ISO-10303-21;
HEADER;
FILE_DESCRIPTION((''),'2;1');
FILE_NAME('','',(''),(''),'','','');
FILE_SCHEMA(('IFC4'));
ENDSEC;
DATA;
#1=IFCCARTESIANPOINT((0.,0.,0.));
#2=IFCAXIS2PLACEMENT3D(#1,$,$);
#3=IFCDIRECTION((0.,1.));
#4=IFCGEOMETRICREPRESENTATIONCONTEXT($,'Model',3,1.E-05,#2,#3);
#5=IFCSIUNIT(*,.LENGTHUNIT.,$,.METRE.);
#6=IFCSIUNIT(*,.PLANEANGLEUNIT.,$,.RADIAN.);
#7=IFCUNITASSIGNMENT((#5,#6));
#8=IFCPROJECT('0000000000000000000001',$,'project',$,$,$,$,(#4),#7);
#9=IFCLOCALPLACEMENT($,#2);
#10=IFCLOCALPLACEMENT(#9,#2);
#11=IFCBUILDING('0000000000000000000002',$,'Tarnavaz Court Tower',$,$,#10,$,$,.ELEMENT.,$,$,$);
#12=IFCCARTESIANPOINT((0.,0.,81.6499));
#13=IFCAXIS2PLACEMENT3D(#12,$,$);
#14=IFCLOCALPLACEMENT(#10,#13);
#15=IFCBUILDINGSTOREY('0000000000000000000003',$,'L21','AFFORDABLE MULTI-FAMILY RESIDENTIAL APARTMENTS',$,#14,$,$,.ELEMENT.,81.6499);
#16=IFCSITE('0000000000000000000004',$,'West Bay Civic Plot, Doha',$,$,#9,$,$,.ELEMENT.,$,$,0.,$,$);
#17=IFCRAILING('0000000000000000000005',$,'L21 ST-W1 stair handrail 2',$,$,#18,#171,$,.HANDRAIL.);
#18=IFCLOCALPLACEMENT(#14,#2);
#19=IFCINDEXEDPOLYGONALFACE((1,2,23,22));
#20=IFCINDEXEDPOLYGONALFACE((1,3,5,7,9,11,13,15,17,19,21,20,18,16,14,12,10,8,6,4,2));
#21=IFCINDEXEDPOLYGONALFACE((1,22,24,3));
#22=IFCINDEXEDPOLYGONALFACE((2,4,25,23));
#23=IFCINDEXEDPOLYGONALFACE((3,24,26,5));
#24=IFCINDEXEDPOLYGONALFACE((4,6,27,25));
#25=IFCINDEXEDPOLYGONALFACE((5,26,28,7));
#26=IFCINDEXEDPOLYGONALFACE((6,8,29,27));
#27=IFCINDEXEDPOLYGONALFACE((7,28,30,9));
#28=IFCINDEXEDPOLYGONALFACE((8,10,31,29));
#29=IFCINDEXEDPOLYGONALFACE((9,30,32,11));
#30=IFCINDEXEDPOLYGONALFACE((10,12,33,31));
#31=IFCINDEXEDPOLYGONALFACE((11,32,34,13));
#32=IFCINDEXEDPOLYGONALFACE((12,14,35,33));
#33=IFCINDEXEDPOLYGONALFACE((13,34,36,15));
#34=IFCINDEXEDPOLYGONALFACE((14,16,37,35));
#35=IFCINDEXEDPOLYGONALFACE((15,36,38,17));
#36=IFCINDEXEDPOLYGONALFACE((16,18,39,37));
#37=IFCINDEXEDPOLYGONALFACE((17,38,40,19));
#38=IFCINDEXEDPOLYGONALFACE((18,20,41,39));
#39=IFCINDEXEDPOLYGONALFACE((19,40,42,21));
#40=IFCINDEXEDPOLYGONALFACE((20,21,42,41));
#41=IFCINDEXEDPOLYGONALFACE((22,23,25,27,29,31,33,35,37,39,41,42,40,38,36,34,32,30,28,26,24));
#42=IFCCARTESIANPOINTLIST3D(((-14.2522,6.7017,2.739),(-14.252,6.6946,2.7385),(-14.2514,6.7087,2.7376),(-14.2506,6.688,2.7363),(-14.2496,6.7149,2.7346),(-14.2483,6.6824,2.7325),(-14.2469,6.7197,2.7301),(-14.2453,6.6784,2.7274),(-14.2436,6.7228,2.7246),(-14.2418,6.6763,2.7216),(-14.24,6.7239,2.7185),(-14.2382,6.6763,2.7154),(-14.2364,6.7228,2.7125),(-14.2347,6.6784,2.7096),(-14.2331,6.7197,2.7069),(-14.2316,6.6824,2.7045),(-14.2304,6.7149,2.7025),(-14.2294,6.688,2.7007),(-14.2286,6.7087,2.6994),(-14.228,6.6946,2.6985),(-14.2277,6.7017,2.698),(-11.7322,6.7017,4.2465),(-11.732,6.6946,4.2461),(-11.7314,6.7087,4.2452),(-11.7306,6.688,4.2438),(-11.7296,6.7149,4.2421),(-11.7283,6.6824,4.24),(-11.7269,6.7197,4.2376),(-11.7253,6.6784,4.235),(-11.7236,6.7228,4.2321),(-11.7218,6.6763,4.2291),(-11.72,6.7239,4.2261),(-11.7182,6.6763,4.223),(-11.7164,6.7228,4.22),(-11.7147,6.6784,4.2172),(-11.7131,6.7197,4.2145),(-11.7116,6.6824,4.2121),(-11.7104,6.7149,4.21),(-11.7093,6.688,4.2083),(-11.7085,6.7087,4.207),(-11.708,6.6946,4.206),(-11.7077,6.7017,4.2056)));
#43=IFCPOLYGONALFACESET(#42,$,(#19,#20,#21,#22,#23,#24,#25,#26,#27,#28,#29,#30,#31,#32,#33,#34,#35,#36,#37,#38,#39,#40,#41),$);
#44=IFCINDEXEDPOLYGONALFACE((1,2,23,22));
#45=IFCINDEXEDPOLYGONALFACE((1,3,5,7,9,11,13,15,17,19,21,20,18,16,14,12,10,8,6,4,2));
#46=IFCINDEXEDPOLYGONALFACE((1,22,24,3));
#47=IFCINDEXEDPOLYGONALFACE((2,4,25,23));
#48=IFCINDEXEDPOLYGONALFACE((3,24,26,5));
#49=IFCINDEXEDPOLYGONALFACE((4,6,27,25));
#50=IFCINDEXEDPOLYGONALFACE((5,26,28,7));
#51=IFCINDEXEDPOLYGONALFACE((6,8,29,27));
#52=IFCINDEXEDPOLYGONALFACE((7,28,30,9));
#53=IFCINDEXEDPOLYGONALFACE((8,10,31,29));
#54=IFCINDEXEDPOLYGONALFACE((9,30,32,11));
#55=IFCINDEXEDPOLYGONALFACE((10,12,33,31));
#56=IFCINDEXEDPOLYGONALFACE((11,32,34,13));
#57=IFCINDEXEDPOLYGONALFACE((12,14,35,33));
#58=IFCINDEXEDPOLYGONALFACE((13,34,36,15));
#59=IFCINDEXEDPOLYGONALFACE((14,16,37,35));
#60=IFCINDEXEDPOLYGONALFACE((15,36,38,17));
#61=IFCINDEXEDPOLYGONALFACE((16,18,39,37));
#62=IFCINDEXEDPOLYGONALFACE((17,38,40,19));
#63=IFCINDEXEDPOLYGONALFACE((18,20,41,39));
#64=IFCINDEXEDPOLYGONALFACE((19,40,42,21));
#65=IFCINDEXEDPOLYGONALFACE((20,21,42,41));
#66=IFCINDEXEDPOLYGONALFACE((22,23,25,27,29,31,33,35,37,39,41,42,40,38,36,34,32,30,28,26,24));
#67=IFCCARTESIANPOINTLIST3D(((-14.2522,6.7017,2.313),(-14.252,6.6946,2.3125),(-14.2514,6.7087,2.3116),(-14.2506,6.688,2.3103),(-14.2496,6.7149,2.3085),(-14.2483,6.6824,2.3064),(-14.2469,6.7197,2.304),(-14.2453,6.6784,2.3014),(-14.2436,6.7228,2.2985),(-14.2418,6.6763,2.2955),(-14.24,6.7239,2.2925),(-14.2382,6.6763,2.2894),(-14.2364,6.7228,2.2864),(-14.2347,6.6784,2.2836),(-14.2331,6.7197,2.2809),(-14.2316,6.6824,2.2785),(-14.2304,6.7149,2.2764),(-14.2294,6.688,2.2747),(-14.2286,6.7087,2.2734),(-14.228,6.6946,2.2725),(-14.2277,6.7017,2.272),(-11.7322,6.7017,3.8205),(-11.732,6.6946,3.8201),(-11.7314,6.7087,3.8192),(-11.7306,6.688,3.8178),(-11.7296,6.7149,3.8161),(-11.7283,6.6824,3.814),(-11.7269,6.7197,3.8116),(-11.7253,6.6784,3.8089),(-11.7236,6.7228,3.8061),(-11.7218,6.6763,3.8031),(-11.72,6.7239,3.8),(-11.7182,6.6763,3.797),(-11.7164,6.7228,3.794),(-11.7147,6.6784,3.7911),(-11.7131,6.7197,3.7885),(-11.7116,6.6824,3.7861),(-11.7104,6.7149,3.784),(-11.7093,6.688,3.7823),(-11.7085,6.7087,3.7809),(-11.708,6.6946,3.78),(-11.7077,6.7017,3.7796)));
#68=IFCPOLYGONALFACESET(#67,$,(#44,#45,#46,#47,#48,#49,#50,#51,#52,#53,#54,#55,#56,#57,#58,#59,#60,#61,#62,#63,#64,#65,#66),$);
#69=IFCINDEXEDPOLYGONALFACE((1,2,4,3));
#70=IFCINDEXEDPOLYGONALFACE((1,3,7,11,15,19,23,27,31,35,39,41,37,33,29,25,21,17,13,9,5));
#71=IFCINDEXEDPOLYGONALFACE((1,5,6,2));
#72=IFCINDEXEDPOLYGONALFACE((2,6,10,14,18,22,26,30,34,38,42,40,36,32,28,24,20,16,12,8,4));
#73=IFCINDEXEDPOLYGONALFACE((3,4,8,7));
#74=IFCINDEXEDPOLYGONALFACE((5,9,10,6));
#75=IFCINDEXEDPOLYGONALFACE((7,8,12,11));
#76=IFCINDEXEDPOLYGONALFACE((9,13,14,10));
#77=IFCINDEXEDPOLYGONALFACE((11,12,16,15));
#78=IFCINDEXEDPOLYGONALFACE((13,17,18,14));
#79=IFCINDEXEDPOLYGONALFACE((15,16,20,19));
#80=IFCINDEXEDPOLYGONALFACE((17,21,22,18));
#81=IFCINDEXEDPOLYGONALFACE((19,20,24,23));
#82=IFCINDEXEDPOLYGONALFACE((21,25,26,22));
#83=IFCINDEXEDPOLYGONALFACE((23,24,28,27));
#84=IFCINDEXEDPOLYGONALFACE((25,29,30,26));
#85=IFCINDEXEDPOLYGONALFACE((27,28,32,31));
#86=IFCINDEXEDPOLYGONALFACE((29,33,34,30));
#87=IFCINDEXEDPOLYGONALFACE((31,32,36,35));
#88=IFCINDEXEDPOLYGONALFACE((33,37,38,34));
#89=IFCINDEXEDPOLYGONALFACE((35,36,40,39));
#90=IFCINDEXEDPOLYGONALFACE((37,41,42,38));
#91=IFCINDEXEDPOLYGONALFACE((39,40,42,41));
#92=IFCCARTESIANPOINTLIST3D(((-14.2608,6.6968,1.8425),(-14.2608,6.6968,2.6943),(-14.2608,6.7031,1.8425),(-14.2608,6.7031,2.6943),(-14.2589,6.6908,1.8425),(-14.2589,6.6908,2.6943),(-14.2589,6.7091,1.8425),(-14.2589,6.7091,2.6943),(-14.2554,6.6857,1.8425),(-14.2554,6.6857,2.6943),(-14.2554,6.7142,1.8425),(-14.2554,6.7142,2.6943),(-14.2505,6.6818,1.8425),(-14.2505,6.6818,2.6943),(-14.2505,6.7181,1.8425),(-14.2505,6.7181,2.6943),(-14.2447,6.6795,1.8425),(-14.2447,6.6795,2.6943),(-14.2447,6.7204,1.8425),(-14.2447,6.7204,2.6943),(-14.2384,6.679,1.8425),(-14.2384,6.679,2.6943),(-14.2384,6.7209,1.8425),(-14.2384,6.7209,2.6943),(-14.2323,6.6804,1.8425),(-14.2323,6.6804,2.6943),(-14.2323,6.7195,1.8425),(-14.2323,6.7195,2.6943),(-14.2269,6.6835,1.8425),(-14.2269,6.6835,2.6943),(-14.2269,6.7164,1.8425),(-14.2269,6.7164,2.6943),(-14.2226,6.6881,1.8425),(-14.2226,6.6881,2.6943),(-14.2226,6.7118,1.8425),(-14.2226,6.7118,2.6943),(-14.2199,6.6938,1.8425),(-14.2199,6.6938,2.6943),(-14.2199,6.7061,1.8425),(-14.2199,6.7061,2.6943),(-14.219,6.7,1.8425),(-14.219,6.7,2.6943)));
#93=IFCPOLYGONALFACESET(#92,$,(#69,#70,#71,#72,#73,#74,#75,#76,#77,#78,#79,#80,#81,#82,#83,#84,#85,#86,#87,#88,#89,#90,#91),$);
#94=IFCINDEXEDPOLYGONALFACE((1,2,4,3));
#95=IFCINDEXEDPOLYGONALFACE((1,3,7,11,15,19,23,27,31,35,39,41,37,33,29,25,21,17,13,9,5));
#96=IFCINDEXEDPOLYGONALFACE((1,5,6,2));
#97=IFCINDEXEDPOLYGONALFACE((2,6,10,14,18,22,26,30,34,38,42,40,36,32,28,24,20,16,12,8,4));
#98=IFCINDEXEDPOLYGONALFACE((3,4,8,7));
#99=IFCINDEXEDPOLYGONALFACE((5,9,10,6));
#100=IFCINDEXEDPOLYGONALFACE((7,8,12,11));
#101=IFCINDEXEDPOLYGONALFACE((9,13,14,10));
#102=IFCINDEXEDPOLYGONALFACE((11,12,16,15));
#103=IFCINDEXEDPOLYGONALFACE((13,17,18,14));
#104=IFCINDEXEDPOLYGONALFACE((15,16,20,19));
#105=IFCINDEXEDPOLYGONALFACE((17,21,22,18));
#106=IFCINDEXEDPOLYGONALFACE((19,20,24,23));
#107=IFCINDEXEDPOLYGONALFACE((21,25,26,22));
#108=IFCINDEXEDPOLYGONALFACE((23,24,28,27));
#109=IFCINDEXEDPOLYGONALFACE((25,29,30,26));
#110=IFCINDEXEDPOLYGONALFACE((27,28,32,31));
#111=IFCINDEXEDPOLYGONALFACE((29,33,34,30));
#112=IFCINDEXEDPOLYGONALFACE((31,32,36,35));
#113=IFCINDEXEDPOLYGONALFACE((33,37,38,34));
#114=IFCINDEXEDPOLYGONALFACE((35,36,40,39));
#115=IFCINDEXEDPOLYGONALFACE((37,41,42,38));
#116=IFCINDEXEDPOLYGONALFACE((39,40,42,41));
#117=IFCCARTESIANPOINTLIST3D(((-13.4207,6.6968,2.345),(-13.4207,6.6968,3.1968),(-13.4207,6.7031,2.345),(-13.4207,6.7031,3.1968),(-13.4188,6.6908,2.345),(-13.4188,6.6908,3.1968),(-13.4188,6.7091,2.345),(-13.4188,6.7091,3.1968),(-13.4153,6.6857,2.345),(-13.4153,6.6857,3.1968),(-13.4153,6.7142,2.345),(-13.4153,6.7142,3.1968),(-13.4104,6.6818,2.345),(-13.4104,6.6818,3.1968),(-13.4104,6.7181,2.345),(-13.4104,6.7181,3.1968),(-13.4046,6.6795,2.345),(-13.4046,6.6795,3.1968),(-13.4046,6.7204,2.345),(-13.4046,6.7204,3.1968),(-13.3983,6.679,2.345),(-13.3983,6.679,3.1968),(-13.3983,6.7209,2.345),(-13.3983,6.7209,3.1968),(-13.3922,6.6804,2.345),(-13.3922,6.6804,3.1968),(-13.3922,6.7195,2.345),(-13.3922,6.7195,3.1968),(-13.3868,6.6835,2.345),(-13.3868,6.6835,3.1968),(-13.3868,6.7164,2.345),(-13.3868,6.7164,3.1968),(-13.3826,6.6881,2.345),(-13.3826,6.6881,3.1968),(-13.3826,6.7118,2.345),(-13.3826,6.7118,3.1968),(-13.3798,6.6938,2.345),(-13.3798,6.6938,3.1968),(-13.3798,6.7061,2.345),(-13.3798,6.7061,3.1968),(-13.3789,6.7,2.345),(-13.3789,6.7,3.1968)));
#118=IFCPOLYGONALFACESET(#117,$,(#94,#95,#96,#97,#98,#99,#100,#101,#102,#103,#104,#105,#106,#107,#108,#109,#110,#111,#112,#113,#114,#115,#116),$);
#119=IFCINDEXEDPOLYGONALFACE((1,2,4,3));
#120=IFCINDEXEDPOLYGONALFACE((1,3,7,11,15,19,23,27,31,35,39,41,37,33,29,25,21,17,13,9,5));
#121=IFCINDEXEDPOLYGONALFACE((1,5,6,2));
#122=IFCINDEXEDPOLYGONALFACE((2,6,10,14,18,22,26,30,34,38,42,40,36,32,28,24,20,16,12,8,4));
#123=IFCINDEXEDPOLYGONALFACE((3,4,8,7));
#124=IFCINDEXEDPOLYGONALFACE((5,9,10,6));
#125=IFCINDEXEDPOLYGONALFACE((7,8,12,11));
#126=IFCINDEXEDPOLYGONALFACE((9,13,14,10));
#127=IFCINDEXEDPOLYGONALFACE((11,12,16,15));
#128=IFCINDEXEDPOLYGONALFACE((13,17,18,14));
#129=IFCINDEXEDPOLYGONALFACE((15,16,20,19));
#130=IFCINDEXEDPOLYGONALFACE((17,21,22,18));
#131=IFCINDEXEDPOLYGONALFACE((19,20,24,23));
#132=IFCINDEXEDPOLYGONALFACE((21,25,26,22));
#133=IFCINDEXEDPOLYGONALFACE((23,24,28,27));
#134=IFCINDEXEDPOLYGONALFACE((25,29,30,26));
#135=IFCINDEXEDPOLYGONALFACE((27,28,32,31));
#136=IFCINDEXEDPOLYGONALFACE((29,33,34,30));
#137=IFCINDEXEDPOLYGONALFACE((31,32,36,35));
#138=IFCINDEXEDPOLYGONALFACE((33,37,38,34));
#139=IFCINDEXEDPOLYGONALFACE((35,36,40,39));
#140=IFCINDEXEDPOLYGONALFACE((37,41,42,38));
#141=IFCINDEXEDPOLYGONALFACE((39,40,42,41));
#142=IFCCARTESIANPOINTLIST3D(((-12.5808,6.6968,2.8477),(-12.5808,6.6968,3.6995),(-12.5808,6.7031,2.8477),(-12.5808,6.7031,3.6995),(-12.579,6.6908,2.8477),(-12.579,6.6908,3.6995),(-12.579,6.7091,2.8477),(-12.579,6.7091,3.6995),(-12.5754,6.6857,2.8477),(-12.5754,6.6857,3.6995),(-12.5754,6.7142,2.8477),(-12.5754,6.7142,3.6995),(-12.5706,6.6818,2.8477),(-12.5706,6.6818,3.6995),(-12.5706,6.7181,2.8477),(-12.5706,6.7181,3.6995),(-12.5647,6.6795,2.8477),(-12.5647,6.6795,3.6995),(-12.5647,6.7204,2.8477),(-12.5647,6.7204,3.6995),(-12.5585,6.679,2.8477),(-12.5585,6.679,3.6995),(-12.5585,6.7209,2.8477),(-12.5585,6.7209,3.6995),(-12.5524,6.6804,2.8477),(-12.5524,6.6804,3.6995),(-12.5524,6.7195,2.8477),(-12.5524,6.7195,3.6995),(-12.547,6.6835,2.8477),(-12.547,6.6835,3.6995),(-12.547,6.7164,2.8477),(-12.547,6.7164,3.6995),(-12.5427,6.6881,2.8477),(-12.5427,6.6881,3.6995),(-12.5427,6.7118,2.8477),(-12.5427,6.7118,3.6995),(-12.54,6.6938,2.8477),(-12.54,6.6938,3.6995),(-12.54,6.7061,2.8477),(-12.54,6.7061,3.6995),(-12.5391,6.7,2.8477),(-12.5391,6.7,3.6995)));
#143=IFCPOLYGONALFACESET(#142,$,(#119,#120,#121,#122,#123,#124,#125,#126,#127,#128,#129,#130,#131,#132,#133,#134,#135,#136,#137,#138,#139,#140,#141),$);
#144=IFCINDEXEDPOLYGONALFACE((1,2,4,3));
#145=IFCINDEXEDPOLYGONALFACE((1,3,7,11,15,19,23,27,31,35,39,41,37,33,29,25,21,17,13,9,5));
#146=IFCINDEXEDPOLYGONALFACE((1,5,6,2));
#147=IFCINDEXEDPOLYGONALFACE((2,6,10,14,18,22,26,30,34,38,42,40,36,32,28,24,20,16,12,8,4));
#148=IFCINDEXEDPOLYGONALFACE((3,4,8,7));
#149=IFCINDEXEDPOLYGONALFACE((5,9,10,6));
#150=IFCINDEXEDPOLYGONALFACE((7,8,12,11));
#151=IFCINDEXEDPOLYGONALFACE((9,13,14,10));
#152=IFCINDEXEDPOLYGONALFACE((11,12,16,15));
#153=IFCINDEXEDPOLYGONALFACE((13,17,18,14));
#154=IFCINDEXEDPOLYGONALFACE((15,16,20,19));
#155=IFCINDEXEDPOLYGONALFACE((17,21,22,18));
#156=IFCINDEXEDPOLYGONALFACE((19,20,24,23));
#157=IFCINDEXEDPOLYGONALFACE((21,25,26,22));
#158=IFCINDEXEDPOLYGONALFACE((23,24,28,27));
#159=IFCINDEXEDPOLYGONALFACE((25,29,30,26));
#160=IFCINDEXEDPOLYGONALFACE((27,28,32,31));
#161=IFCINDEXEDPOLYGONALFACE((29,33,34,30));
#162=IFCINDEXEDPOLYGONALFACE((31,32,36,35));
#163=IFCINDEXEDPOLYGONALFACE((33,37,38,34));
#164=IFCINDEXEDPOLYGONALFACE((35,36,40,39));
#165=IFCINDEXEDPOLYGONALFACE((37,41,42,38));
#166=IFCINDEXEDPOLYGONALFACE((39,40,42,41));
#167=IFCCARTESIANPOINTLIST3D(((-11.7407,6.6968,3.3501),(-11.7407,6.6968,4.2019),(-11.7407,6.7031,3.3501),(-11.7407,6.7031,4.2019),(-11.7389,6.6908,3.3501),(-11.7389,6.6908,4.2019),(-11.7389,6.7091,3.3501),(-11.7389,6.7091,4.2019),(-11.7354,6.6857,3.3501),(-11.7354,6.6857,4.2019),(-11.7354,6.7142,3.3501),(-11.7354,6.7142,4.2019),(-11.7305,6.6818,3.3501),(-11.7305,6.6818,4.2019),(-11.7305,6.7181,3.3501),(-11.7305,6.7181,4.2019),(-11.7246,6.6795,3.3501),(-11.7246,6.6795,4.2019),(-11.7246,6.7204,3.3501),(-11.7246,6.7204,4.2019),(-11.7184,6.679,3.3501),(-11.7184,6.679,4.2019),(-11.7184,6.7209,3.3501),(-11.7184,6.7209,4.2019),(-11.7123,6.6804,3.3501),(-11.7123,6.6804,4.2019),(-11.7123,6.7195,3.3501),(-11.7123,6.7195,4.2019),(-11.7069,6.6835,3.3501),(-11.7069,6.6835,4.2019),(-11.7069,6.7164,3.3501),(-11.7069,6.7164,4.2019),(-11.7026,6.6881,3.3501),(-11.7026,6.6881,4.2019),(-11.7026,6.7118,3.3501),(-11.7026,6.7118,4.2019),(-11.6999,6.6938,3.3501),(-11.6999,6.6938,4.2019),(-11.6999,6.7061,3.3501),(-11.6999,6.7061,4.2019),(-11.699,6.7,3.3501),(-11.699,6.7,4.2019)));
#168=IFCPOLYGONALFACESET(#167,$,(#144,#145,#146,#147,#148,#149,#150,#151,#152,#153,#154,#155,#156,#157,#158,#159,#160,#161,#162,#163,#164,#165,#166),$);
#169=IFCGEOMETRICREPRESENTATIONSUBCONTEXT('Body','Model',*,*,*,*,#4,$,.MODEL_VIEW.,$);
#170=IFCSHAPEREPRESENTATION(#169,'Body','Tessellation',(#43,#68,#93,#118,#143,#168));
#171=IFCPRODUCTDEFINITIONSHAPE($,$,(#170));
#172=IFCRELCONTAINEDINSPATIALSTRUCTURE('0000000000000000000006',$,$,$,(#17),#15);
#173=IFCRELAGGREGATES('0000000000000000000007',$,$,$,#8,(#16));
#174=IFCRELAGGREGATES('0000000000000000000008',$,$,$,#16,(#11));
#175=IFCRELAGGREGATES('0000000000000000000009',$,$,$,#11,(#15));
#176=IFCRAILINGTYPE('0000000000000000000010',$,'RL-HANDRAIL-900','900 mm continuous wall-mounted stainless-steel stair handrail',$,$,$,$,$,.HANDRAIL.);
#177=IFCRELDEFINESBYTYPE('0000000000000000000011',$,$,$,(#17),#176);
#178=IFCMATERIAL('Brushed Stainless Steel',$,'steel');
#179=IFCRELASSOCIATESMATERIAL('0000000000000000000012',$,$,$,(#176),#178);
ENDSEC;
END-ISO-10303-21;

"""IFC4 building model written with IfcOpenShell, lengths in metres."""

from ifc_helpers import new_model, si_unit, direction, frame, origin, origin_2d, place, context, subcontext, project, spatial, circle, extrude, material, type_object, element, save


model = new_model("IFC4")

# Units and contexts
model_context = context("Model", 3, precision=1e-05, world=origin(), true_north=direction((0.0, 1.0)))
body_context = subcontext(model_context, "Body", "Model", "MODEL_VIEW")
ifc_project = project(units=[si_unit("LENGTHUNIT", "METRE"), si_unit("PLANEANGLEUNIT", "RADIAN")], contexts=[model_context])

# Site, building, storey
site_placement = place(None, origin())
site = spatial("IfcSite", under=ifc_project, at=site_placement, Name="West Bay Civic Plot, Doha", CompositionType="ELEMENT", RefElevation=0.0)
building_placement = place(site_placement, origin())
building = spatial("IfcBuilding", under=site, at=building_placement, Name="Tarnavaz Court Tower", CompositionType="ELEMENT")
storey_placement = place(building_placement, frame((0.0, 0.0, 81.6499)))
storey = spatial("IfcBuildingStorey", under=building, at=storey_placement, Name="L21", Description="AFFORDABLE MULTI-FAMILY RESIDENTIAL APARTMENTS", CompositionType="ELEMENT", Elevation=81.6499)

# Railing
ifc_material_1 = material(Name="Brushed Stainless Steel", Category="steel")
railing_type_1 = type_object("IfcRailingType", Name="RL-HANDRAIL-900", Description="900 mm continuous wall-mounted stainless-steel stair handrail", PredefinedType="HANDRAIL", material=ifc_material_1)
railing_1_placement = place(storey_placement, frame((-14.24, 6.7, 1.8425)))
element("IfcRailing", 1, at=railing_1_placement, inside=storey, type_object=railing_type_1, Name="L21 ST-W1 stair handrail 2", PredefinedType="HANDRAIL", context=body_context, shape_type="SweptSolid", body=[
    extrude(circle(Radius=0.0239, at=origin_2d()), frame((0.0, 0.0, 0.876), z_axis=(0.85816, 0.0, 0.513383), x_axis=(0.0, 1.0, 0.0)), (0.0, 0.0, 1.0), 2.9365),
    extrude(circle(Radius=0.0239, at=origin_2d()), frame((0.0, 0.0, 0.45), z_axis=(0.85816, 0.0, 0.513383), x_axis=(0.0, 1.0, 0.0)), (0.0, 0.0, 1.0), 2.9365),
    extrude(circle(Radius=0.021, at=origin_2d()), origin(), (0.0, 0.0, 1.0), 0.8518),
    extrude(circle(Radius=0.021, at=origin_2d()), frame((0.8401, 0.0, 0.5024)), (0.0, 0.0, 1.0), 0.8518),
    extrude(circle(Radius=0.021, at=origin_2d()), frame((1.6799, 0.0, 1.0051)), (0.0, 0.0, 1.0), 0.8518),
    extrude(circle(Radius=0.021, at=origin_2d()), frame((2.52, 0.0, 1.5076)), (0.0, 0.0, 1.0), 0.8518),
])

save(model, "model.ifc")
